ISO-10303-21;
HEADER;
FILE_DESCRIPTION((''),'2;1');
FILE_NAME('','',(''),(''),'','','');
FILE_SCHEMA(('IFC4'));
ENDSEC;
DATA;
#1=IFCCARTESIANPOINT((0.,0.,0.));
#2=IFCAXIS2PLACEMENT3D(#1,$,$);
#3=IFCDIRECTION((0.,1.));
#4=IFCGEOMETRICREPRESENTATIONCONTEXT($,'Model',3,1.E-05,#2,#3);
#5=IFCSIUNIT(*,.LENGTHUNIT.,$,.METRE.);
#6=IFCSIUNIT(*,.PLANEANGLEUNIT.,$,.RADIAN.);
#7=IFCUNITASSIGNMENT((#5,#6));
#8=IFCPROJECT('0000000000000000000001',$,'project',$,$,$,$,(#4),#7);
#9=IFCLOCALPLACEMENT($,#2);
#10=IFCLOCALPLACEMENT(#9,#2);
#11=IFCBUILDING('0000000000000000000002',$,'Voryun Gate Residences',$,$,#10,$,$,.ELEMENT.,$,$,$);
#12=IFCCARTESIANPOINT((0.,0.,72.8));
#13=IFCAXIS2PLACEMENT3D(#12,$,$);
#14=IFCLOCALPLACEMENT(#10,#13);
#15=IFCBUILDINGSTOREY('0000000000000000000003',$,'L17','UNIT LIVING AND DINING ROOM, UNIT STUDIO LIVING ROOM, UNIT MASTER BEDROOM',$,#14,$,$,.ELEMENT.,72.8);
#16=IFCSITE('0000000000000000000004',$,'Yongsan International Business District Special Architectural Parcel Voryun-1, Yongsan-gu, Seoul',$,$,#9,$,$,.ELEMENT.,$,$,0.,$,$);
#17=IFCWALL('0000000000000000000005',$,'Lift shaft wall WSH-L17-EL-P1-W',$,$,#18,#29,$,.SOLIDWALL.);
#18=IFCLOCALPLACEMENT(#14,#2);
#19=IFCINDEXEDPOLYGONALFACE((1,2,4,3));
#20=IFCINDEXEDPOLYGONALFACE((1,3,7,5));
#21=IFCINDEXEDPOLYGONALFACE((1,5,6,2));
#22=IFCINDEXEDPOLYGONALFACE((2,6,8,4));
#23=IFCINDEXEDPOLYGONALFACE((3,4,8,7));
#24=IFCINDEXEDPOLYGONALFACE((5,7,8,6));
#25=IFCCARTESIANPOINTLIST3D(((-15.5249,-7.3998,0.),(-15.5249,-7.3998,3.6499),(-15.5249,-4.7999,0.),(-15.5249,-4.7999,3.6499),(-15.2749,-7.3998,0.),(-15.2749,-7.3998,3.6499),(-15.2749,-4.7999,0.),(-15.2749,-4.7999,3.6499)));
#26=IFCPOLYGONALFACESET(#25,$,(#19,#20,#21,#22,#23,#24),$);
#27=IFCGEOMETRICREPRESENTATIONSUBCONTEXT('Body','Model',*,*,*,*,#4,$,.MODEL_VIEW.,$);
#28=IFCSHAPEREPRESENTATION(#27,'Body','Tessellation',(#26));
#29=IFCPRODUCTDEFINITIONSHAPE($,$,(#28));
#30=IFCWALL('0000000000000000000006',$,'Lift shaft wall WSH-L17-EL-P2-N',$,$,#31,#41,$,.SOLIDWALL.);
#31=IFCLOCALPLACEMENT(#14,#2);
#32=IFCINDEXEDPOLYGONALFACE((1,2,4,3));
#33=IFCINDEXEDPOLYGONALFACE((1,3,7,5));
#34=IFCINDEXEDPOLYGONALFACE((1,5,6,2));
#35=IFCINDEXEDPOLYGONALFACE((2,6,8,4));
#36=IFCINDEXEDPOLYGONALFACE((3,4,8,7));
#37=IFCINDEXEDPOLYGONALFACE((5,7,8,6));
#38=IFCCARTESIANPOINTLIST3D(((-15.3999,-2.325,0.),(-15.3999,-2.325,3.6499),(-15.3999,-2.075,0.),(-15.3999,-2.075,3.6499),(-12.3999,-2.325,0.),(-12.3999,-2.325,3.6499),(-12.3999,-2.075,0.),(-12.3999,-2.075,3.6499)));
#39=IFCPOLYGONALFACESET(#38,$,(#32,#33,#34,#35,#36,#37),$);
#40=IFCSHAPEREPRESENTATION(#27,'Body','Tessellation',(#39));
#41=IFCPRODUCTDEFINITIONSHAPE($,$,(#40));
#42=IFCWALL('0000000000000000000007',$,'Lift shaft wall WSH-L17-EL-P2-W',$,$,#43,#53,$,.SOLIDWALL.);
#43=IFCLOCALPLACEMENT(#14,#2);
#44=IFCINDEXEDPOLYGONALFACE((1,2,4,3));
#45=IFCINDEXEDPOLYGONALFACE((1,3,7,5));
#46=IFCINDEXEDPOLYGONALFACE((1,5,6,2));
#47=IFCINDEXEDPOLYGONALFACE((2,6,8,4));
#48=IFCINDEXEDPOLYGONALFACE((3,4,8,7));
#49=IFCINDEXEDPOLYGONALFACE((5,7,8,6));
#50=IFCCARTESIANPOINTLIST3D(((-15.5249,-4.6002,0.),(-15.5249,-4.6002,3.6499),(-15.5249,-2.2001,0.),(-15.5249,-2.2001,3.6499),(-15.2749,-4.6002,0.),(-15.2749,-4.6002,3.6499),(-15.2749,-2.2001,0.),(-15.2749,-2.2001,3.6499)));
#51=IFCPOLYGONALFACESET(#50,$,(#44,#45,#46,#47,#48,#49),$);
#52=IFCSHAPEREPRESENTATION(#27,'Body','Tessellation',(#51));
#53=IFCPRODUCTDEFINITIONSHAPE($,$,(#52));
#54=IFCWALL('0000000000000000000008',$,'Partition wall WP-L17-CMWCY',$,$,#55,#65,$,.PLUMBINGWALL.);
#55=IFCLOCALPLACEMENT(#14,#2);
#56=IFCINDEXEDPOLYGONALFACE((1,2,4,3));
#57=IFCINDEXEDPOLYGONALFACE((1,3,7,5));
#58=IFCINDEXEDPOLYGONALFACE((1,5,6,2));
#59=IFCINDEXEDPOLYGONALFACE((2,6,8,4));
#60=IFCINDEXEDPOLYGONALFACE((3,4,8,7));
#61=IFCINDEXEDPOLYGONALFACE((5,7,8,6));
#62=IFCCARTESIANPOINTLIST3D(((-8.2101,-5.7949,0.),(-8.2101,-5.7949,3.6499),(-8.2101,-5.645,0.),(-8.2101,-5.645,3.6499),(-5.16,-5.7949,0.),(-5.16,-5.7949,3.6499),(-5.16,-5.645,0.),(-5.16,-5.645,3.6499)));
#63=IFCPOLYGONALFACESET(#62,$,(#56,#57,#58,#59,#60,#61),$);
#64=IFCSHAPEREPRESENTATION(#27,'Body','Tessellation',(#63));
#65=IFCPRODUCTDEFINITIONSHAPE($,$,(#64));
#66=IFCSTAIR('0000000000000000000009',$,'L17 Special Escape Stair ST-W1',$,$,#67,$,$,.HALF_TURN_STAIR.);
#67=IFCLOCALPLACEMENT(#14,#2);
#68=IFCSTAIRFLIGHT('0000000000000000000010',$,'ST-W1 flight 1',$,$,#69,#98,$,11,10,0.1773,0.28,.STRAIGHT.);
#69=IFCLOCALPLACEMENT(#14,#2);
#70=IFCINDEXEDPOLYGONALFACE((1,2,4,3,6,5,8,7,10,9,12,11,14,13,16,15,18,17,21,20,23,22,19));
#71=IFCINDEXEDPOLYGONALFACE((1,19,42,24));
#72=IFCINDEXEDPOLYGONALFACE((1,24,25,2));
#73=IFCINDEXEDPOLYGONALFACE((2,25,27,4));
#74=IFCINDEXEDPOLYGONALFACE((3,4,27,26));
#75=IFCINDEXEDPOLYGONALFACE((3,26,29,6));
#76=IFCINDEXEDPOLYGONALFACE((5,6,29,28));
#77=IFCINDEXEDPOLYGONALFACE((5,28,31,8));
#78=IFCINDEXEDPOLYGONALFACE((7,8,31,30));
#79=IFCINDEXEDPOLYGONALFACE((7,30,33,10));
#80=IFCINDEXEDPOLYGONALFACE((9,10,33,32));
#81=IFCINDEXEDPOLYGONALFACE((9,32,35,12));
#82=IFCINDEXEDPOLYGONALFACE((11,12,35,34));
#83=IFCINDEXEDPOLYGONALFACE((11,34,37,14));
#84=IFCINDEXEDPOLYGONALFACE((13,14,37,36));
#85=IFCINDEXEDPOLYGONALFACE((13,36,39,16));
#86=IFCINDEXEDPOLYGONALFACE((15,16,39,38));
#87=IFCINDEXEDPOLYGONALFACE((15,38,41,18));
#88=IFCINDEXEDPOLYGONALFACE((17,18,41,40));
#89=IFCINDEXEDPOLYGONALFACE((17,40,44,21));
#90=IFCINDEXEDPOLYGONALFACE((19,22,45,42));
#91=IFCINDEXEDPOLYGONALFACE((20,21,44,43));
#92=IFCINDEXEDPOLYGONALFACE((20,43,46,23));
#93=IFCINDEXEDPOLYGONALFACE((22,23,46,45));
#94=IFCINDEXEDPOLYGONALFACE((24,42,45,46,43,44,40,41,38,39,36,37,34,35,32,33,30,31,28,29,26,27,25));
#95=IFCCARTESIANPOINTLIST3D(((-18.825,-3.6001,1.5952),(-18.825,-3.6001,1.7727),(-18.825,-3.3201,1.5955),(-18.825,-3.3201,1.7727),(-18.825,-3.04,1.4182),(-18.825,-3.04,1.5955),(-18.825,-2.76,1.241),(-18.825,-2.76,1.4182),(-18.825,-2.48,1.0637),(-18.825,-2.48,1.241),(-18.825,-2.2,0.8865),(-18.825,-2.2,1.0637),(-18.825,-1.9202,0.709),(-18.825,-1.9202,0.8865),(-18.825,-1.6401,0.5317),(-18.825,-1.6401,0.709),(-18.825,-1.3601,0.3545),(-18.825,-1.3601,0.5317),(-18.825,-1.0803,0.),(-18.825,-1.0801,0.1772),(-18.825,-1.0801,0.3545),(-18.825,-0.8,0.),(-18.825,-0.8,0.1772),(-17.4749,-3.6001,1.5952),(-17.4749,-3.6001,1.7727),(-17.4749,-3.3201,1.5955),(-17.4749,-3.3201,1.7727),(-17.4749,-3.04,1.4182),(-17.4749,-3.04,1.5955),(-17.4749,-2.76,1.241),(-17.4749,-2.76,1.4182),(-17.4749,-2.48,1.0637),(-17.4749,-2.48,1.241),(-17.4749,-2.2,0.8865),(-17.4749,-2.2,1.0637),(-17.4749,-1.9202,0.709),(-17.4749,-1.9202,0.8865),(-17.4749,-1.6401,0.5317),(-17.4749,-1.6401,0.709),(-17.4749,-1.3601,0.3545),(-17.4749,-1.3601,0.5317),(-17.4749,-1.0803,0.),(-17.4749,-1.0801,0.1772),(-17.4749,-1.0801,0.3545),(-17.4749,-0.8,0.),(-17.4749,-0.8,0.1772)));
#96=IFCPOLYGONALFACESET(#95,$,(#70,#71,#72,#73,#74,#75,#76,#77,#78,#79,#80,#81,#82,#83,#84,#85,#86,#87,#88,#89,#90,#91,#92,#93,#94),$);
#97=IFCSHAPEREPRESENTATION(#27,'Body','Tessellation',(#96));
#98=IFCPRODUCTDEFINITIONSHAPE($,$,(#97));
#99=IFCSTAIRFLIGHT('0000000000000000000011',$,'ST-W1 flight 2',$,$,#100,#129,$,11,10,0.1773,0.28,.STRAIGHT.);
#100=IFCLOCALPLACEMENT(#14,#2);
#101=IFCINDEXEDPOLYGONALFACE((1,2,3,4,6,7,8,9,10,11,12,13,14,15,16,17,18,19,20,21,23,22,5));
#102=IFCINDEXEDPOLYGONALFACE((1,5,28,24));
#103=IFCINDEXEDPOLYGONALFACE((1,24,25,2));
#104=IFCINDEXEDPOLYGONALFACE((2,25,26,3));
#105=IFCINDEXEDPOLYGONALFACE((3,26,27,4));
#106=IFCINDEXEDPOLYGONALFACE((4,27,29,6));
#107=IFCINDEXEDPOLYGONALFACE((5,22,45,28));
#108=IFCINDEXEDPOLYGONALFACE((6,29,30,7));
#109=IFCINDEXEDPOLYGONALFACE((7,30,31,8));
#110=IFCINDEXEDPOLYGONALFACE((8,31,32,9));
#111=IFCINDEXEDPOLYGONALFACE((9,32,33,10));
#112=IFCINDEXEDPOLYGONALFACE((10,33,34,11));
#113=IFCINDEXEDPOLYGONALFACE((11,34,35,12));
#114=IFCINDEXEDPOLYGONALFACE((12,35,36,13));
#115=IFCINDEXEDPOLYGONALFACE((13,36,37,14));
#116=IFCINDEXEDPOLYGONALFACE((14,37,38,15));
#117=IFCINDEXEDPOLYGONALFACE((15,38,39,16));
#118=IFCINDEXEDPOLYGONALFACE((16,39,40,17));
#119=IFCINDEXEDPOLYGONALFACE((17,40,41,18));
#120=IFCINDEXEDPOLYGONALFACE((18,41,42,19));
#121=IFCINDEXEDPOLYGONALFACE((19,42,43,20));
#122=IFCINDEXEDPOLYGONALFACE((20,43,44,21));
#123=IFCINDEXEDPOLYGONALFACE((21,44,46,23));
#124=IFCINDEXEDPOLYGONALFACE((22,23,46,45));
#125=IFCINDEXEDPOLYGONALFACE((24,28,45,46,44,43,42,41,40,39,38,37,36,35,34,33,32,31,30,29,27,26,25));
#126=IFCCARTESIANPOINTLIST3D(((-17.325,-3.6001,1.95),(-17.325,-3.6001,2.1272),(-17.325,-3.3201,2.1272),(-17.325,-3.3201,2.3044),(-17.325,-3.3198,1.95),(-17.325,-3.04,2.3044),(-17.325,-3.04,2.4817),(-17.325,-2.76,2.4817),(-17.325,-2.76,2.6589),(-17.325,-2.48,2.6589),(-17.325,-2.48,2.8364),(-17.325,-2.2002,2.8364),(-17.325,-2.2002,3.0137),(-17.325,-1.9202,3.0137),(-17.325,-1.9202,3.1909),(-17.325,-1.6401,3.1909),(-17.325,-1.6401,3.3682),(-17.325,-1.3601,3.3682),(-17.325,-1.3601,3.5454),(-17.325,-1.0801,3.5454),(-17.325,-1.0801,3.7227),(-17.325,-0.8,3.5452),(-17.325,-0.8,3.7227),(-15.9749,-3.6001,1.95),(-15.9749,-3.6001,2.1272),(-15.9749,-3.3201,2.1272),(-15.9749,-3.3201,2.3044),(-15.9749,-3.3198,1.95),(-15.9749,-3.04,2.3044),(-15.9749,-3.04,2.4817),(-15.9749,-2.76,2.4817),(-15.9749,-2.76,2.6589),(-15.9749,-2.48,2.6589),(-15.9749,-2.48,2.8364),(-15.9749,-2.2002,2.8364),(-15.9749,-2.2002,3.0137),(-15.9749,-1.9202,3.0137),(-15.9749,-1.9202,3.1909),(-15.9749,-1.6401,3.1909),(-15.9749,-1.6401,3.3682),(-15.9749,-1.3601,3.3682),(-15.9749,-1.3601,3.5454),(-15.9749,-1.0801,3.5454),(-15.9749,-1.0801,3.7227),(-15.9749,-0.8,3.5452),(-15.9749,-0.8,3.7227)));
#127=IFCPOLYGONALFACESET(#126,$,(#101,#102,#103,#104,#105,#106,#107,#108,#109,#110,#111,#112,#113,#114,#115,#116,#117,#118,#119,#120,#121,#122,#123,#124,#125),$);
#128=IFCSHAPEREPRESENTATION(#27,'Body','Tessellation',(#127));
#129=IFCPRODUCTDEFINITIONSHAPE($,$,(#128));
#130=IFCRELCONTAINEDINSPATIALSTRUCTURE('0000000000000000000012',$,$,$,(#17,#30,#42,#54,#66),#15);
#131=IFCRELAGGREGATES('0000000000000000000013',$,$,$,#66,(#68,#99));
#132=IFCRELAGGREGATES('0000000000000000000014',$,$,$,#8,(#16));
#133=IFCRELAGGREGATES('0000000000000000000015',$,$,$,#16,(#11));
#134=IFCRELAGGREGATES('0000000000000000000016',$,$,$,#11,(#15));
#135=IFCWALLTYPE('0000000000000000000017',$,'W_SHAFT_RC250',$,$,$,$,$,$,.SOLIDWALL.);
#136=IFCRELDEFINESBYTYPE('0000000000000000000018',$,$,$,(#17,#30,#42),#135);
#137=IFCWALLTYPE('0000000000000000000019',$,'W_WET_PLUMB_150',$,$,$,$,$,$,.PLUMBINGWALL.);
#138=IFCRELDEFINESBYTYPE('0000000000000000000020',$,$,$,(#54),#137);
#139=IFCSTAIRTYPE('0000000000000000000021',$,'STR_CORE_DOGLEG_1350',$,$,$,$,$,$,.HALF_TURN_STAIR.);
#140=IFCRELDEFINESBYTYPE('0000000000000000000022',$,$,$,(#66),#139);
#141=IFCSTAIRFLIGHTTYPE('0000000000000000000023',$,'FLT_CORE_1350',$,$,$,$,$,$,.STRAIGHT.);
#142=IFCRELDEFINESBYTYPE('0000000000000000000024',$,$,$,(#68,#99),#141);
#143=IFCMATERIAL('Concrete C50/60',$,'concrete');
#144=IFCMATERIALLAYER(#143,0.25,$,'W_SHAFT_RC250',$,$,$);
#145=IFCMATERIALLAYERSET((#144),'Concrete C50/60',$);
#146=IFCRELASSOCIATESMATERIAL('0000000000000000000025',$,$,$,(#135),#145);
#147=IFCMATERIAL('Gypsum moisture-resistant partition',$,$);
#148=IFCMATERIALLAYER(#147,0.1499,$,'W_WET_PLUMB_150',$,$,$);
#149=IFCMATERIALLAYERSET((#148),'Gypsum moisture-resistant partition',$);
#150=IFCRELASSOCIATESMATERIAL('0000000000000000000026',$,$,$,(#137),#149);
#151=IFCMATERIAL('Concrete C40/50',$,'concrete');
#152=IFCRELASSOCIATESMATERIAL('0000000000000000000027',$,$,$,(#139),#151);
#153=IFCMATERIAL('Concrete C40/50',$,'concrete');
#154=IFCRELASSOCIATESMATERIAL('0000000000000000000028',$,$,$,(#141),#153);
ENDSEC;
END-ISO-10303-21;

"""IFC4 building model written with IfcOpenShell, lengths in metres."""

from ifc_helpers import new_model, si_unit, direction, frame, frame_2d, origin, place, context, subcontext, project, spatial, polyline, rectangle, outline, extrude, material, layer, layer_set, type_object, element, aggregate, save


model = new_model("IFC4")

# Units and contexts
model_context = context("Model", 3, precision=1e-05, world=origin(), true_north=direction((0.0, 1.0)))
body_context = subcontext(model_context, "Body", "Model", "MODEL_VIEW")
ifc_project = project(units=[si_unit("LENGTHUNIT", "METRE"), si_unit("PLANEANGLEUNIT", "RADIAN")], contexts=[model_context])

# Site, building, storey
site_placement = place(None, origin())
site = spatial("IfcSite", under=ifc_project, at=site_placement, Name="Yongsan International Business District Special Architectural Parcel Voryun-1, Yongsan-gu, Seoul", CompositionType="ELEMENT", RefElevation=0.0)
building_placement = place(site_placement, origin())
building = spatial("IfcBuilding", under=site, at=building_placement, Name="Voryun Gate Residences", CompositionType="ELEMENT")
storey_placement = place(building_placement, frame((0.0, 0.0, 72.8)))
storey = spatial("IfcBuildingStorey", under=building, at=storey_placement, Name="L17", Description="UNIT LIVING AND DINING ROOM, UNIT STUDIO LIVING ROOM, UNIT MASTER BEDROOM", CompositionType="ELEMENT", Elevation=72.8)

# Walls
ifc_material_1 = material(Name="Concrete C50/60", Category="concrete")
ifc_layer_1 = layer(ifc_material_1, 0.25, Name="W_SHAFT_RC250")
ifc_layer_set_1 = layer_set([ifc_layer_1], Name="Concrete C50/60")
wall_type_1 = type_object("IfcWallType", Name="W_SHAFT_RC250", PredefinedType="SOLIDWALL", material=ifc_layer_set_1)
wall_1_placement = place(storey_placement, frame((-15.3999, -4.8, 0.0), z_axis=(0.0, 0.0, 1.0), x_axis=(0.0, -1.0, 0.0)))
element("IfcWall", 1, at=wall_1_placement, inside=storey, type_object=wall_type_1, Name="Lift shaft wall WSH-L17-EL-P1-W", PredefinedType="SOLIDWALL", context=body_context, shape_type="SweptSolid", body=[
    extrude(rectangle(XDim=2.5999, YDim=0.25, at=frame_2d((1.2998, 0.0))), origin(), (0.0, 0.0, 1.0), 3.6499),
])
wall_2_placement = place(storey_placement, frame((-12.3999, -2.2, 0.0), z_axis=(0.0, 0.0, 1.0), x_axis=(-1.0, 0.0, 0.0)))
element("IfcWall", 2, at=wall_2_placement, inside=storey, type_object=wall_type_1, Name="Lift shaft wall WSH-L17-EL-P2-N", PredefinedType="SOLIDWALL", context=body_context, shape_type="SweptSolid", body=[
    extrude(rectangle(XDim=3.0, YDim=0.25, at=frame_2d((1.5, 0.0))), origin(), (0.0, 0.0, 1.0), 3.6499),
])
wall_3_placement = place(storey_placement, frame((-15.3999, -2.2, 0.0), z_axis=(0.0, 0.0, 1.0), x_axis=(0.0, -1.0, 0.0)))
element("IfcWall", 3, at=wall_3_placement, inside=storey, type_object=wall_type_1, Name="Lift shaft wall WSH-L17-EL-P2-W", PredefinedType="SOLIDWALL", context=body_context, shape_type="SweptSolid", body=[
    extrude(rectangle(XDim=2.4001, YDim=0.25, at=frame_2d((1.2002, 0.0))), origin(), (0.0, 0.0, 1.0), 3.6499),
])
ifc_material_2 = material(Name="Gypsum moisture-resistant partition")
ifc_layer_2 = layer(ifc_material_2, 0.1499, Name="W_WET_PLUMB_150")
ifc_layer_set_2 = layer_set([ifc_layer_2], Name="Gypsum moisture-resistant partition")
wall_type_2 = type_object("IfcWallType", Name="W_WET_PLUMB_150", PredefinedType="PLUMBINGWALL", material=ifc_layer_set_2)
wall_4_placement = place(storey_placement, frame((-8.21, -5.72, 0.0), z_axis=(0.0, 0.0, 1.0), x_axis=(1.0, 0.0, 0.0)))
element("IfcWall", 4, at=wall_4_placement, inside=storey, type_object=wall_type_2, Name="Partition wall WP-L17-CMWCY", PredefinedType="PLUMBINGWALL", context=body_context, shape_type="SweptSolid", body=[
    extrude(rectangle(XDim=3.05, YDim=0.1499, at=frame_2d((1.5249, 0.0))), origin(), (0.0, 0.0, 1.0), 3.6499),
])

# Stair, stair flights
ifc_material_3 = material(Name="Concrete C40/50", Category="concrete")
stair_type = type_object("IfcStairType", Name="STR_CORE_DOGLEG_1350", PredefinedType="HALF_TURN_STAIR", material=ifc_material_3)
stair_placement = place(storey_placement, origin())
stair = element("IfcStair", 5, at=stair_placement, inside=storey, type_object=stair_type, Name="L17 Special Escape Stair ST-W1", PredefinedType="HALF_TURN_STAIR")
ifc_material_4 = material(Name="Concrete C40/50", Category="concrete")
stair_flight_type = type_object("IfcStairFlightType", Name="FLT_CORE_1350", PredefinedType="STRAIGHT", material=ifc_material_4)
stair_flight_1_placement = place(storey_placement, frame((-18.1499, -0.8, 0.0), z_axis=(0.0, 0.0, 1.0), x_axis=(0.0, -1.0, 0.0)))
stair_flight_1 = element("IfcStairFlight", 6, at=stair_flight_1_placement, type_object=stair_flight_type, Name="ST-W1 flight 1", NumberOfRisers=11, NumberOfTreads=10, PredefinedType="STRAIGHT", RiserHeight=0.1773, TreadLength=0.28, context=body_context, shape_type="SweptSolid", body=[
    extrude(outline(polyline([(0.0, 0.0), (0.0, 0.1772), (0.28, 0.1772), (0.28, 0.3545), (0.5601, 0.3545), (0.5601, 0.5317), (0.8401, 0.5317), (0.8401, 0.709), (1.1201, 0.709), (1.1201, 0.8865), (1.3999, 0.8865), (1.3999, 1.0637), (1.6799, 1.0637), (1.6799, 1.241), (1.96, 1.241), (1.96, 1.4182), (2.24, 1.4182), (2.24, 1.5955), (2.52, 1.5955), (2.52, 1.7727), (2.8, 1.7727), (2.8, 1.95), (2.8, 1.5952), (0.2803, 0.0), (0.0, 0.0)])), frame((0.0, 0.675, 0.0), z_axis=(0.0, -1.0, 0.0), x_axis=(1.0, 0.0, 0.0)), (0.0, 0.0, 1.0), 1.3501),
])
stair_flight_2_placement = place(storey_placement, frame((-16.6499, -3.6001, 1.95), z_axis=(0.0, 0.0, 1.0), x_axis=(0.0, 1.0, 0.0)))
stair_flight_2 = element("IfcStairFlight", 7, at=stair_flight_2_placement, type_object=stair_flight_type, Name="ST-W1 flight 2", NumberOfRisers=11, NumberOfTreads=10, PredefinedType="STRAIGHT", RiserHeight=0.1773, TreadLength=0.28, context=body_context, shape_type="SweptSolid", body=[
    extrude(outline(polyline([(0.0, 0.0), (0.0, 0.1772), (0.28, 0.1772), (0.28, 0.3545), (0.5601, 0.3545), (0.5601, 0.5317), (0.8401, 0.5317), (0.8401, 0.709), (1.1201, 0.709), (1.1201, 0.8865), (1.3999, 0.8865), (1.3999, 1.0637), (1.6799, 1.0637), (1.6799, 1.241), (1.96, 1.241), (1.96, 1.4182), (2.24, 1.4182), (2.24, 1.5955), (2.52, 1.5955), (2.52, 1.7727), (2.8, 1.7727), (2.8, 1.95), (2.8, 1.5952), (0.2803, 0.0), (0.0, 0.0)])), frame((0.0, 0.675, 0.0), z_axis=(0.0, -1.0, 0.0), x_axis=(1.0, 0.0, 0.0)), (0.0, 0.0, 1.0), 1.3501),
])
aggregate(stair, [stair_flight_1, stair_flight_2])

save(model, "model.ifc")
